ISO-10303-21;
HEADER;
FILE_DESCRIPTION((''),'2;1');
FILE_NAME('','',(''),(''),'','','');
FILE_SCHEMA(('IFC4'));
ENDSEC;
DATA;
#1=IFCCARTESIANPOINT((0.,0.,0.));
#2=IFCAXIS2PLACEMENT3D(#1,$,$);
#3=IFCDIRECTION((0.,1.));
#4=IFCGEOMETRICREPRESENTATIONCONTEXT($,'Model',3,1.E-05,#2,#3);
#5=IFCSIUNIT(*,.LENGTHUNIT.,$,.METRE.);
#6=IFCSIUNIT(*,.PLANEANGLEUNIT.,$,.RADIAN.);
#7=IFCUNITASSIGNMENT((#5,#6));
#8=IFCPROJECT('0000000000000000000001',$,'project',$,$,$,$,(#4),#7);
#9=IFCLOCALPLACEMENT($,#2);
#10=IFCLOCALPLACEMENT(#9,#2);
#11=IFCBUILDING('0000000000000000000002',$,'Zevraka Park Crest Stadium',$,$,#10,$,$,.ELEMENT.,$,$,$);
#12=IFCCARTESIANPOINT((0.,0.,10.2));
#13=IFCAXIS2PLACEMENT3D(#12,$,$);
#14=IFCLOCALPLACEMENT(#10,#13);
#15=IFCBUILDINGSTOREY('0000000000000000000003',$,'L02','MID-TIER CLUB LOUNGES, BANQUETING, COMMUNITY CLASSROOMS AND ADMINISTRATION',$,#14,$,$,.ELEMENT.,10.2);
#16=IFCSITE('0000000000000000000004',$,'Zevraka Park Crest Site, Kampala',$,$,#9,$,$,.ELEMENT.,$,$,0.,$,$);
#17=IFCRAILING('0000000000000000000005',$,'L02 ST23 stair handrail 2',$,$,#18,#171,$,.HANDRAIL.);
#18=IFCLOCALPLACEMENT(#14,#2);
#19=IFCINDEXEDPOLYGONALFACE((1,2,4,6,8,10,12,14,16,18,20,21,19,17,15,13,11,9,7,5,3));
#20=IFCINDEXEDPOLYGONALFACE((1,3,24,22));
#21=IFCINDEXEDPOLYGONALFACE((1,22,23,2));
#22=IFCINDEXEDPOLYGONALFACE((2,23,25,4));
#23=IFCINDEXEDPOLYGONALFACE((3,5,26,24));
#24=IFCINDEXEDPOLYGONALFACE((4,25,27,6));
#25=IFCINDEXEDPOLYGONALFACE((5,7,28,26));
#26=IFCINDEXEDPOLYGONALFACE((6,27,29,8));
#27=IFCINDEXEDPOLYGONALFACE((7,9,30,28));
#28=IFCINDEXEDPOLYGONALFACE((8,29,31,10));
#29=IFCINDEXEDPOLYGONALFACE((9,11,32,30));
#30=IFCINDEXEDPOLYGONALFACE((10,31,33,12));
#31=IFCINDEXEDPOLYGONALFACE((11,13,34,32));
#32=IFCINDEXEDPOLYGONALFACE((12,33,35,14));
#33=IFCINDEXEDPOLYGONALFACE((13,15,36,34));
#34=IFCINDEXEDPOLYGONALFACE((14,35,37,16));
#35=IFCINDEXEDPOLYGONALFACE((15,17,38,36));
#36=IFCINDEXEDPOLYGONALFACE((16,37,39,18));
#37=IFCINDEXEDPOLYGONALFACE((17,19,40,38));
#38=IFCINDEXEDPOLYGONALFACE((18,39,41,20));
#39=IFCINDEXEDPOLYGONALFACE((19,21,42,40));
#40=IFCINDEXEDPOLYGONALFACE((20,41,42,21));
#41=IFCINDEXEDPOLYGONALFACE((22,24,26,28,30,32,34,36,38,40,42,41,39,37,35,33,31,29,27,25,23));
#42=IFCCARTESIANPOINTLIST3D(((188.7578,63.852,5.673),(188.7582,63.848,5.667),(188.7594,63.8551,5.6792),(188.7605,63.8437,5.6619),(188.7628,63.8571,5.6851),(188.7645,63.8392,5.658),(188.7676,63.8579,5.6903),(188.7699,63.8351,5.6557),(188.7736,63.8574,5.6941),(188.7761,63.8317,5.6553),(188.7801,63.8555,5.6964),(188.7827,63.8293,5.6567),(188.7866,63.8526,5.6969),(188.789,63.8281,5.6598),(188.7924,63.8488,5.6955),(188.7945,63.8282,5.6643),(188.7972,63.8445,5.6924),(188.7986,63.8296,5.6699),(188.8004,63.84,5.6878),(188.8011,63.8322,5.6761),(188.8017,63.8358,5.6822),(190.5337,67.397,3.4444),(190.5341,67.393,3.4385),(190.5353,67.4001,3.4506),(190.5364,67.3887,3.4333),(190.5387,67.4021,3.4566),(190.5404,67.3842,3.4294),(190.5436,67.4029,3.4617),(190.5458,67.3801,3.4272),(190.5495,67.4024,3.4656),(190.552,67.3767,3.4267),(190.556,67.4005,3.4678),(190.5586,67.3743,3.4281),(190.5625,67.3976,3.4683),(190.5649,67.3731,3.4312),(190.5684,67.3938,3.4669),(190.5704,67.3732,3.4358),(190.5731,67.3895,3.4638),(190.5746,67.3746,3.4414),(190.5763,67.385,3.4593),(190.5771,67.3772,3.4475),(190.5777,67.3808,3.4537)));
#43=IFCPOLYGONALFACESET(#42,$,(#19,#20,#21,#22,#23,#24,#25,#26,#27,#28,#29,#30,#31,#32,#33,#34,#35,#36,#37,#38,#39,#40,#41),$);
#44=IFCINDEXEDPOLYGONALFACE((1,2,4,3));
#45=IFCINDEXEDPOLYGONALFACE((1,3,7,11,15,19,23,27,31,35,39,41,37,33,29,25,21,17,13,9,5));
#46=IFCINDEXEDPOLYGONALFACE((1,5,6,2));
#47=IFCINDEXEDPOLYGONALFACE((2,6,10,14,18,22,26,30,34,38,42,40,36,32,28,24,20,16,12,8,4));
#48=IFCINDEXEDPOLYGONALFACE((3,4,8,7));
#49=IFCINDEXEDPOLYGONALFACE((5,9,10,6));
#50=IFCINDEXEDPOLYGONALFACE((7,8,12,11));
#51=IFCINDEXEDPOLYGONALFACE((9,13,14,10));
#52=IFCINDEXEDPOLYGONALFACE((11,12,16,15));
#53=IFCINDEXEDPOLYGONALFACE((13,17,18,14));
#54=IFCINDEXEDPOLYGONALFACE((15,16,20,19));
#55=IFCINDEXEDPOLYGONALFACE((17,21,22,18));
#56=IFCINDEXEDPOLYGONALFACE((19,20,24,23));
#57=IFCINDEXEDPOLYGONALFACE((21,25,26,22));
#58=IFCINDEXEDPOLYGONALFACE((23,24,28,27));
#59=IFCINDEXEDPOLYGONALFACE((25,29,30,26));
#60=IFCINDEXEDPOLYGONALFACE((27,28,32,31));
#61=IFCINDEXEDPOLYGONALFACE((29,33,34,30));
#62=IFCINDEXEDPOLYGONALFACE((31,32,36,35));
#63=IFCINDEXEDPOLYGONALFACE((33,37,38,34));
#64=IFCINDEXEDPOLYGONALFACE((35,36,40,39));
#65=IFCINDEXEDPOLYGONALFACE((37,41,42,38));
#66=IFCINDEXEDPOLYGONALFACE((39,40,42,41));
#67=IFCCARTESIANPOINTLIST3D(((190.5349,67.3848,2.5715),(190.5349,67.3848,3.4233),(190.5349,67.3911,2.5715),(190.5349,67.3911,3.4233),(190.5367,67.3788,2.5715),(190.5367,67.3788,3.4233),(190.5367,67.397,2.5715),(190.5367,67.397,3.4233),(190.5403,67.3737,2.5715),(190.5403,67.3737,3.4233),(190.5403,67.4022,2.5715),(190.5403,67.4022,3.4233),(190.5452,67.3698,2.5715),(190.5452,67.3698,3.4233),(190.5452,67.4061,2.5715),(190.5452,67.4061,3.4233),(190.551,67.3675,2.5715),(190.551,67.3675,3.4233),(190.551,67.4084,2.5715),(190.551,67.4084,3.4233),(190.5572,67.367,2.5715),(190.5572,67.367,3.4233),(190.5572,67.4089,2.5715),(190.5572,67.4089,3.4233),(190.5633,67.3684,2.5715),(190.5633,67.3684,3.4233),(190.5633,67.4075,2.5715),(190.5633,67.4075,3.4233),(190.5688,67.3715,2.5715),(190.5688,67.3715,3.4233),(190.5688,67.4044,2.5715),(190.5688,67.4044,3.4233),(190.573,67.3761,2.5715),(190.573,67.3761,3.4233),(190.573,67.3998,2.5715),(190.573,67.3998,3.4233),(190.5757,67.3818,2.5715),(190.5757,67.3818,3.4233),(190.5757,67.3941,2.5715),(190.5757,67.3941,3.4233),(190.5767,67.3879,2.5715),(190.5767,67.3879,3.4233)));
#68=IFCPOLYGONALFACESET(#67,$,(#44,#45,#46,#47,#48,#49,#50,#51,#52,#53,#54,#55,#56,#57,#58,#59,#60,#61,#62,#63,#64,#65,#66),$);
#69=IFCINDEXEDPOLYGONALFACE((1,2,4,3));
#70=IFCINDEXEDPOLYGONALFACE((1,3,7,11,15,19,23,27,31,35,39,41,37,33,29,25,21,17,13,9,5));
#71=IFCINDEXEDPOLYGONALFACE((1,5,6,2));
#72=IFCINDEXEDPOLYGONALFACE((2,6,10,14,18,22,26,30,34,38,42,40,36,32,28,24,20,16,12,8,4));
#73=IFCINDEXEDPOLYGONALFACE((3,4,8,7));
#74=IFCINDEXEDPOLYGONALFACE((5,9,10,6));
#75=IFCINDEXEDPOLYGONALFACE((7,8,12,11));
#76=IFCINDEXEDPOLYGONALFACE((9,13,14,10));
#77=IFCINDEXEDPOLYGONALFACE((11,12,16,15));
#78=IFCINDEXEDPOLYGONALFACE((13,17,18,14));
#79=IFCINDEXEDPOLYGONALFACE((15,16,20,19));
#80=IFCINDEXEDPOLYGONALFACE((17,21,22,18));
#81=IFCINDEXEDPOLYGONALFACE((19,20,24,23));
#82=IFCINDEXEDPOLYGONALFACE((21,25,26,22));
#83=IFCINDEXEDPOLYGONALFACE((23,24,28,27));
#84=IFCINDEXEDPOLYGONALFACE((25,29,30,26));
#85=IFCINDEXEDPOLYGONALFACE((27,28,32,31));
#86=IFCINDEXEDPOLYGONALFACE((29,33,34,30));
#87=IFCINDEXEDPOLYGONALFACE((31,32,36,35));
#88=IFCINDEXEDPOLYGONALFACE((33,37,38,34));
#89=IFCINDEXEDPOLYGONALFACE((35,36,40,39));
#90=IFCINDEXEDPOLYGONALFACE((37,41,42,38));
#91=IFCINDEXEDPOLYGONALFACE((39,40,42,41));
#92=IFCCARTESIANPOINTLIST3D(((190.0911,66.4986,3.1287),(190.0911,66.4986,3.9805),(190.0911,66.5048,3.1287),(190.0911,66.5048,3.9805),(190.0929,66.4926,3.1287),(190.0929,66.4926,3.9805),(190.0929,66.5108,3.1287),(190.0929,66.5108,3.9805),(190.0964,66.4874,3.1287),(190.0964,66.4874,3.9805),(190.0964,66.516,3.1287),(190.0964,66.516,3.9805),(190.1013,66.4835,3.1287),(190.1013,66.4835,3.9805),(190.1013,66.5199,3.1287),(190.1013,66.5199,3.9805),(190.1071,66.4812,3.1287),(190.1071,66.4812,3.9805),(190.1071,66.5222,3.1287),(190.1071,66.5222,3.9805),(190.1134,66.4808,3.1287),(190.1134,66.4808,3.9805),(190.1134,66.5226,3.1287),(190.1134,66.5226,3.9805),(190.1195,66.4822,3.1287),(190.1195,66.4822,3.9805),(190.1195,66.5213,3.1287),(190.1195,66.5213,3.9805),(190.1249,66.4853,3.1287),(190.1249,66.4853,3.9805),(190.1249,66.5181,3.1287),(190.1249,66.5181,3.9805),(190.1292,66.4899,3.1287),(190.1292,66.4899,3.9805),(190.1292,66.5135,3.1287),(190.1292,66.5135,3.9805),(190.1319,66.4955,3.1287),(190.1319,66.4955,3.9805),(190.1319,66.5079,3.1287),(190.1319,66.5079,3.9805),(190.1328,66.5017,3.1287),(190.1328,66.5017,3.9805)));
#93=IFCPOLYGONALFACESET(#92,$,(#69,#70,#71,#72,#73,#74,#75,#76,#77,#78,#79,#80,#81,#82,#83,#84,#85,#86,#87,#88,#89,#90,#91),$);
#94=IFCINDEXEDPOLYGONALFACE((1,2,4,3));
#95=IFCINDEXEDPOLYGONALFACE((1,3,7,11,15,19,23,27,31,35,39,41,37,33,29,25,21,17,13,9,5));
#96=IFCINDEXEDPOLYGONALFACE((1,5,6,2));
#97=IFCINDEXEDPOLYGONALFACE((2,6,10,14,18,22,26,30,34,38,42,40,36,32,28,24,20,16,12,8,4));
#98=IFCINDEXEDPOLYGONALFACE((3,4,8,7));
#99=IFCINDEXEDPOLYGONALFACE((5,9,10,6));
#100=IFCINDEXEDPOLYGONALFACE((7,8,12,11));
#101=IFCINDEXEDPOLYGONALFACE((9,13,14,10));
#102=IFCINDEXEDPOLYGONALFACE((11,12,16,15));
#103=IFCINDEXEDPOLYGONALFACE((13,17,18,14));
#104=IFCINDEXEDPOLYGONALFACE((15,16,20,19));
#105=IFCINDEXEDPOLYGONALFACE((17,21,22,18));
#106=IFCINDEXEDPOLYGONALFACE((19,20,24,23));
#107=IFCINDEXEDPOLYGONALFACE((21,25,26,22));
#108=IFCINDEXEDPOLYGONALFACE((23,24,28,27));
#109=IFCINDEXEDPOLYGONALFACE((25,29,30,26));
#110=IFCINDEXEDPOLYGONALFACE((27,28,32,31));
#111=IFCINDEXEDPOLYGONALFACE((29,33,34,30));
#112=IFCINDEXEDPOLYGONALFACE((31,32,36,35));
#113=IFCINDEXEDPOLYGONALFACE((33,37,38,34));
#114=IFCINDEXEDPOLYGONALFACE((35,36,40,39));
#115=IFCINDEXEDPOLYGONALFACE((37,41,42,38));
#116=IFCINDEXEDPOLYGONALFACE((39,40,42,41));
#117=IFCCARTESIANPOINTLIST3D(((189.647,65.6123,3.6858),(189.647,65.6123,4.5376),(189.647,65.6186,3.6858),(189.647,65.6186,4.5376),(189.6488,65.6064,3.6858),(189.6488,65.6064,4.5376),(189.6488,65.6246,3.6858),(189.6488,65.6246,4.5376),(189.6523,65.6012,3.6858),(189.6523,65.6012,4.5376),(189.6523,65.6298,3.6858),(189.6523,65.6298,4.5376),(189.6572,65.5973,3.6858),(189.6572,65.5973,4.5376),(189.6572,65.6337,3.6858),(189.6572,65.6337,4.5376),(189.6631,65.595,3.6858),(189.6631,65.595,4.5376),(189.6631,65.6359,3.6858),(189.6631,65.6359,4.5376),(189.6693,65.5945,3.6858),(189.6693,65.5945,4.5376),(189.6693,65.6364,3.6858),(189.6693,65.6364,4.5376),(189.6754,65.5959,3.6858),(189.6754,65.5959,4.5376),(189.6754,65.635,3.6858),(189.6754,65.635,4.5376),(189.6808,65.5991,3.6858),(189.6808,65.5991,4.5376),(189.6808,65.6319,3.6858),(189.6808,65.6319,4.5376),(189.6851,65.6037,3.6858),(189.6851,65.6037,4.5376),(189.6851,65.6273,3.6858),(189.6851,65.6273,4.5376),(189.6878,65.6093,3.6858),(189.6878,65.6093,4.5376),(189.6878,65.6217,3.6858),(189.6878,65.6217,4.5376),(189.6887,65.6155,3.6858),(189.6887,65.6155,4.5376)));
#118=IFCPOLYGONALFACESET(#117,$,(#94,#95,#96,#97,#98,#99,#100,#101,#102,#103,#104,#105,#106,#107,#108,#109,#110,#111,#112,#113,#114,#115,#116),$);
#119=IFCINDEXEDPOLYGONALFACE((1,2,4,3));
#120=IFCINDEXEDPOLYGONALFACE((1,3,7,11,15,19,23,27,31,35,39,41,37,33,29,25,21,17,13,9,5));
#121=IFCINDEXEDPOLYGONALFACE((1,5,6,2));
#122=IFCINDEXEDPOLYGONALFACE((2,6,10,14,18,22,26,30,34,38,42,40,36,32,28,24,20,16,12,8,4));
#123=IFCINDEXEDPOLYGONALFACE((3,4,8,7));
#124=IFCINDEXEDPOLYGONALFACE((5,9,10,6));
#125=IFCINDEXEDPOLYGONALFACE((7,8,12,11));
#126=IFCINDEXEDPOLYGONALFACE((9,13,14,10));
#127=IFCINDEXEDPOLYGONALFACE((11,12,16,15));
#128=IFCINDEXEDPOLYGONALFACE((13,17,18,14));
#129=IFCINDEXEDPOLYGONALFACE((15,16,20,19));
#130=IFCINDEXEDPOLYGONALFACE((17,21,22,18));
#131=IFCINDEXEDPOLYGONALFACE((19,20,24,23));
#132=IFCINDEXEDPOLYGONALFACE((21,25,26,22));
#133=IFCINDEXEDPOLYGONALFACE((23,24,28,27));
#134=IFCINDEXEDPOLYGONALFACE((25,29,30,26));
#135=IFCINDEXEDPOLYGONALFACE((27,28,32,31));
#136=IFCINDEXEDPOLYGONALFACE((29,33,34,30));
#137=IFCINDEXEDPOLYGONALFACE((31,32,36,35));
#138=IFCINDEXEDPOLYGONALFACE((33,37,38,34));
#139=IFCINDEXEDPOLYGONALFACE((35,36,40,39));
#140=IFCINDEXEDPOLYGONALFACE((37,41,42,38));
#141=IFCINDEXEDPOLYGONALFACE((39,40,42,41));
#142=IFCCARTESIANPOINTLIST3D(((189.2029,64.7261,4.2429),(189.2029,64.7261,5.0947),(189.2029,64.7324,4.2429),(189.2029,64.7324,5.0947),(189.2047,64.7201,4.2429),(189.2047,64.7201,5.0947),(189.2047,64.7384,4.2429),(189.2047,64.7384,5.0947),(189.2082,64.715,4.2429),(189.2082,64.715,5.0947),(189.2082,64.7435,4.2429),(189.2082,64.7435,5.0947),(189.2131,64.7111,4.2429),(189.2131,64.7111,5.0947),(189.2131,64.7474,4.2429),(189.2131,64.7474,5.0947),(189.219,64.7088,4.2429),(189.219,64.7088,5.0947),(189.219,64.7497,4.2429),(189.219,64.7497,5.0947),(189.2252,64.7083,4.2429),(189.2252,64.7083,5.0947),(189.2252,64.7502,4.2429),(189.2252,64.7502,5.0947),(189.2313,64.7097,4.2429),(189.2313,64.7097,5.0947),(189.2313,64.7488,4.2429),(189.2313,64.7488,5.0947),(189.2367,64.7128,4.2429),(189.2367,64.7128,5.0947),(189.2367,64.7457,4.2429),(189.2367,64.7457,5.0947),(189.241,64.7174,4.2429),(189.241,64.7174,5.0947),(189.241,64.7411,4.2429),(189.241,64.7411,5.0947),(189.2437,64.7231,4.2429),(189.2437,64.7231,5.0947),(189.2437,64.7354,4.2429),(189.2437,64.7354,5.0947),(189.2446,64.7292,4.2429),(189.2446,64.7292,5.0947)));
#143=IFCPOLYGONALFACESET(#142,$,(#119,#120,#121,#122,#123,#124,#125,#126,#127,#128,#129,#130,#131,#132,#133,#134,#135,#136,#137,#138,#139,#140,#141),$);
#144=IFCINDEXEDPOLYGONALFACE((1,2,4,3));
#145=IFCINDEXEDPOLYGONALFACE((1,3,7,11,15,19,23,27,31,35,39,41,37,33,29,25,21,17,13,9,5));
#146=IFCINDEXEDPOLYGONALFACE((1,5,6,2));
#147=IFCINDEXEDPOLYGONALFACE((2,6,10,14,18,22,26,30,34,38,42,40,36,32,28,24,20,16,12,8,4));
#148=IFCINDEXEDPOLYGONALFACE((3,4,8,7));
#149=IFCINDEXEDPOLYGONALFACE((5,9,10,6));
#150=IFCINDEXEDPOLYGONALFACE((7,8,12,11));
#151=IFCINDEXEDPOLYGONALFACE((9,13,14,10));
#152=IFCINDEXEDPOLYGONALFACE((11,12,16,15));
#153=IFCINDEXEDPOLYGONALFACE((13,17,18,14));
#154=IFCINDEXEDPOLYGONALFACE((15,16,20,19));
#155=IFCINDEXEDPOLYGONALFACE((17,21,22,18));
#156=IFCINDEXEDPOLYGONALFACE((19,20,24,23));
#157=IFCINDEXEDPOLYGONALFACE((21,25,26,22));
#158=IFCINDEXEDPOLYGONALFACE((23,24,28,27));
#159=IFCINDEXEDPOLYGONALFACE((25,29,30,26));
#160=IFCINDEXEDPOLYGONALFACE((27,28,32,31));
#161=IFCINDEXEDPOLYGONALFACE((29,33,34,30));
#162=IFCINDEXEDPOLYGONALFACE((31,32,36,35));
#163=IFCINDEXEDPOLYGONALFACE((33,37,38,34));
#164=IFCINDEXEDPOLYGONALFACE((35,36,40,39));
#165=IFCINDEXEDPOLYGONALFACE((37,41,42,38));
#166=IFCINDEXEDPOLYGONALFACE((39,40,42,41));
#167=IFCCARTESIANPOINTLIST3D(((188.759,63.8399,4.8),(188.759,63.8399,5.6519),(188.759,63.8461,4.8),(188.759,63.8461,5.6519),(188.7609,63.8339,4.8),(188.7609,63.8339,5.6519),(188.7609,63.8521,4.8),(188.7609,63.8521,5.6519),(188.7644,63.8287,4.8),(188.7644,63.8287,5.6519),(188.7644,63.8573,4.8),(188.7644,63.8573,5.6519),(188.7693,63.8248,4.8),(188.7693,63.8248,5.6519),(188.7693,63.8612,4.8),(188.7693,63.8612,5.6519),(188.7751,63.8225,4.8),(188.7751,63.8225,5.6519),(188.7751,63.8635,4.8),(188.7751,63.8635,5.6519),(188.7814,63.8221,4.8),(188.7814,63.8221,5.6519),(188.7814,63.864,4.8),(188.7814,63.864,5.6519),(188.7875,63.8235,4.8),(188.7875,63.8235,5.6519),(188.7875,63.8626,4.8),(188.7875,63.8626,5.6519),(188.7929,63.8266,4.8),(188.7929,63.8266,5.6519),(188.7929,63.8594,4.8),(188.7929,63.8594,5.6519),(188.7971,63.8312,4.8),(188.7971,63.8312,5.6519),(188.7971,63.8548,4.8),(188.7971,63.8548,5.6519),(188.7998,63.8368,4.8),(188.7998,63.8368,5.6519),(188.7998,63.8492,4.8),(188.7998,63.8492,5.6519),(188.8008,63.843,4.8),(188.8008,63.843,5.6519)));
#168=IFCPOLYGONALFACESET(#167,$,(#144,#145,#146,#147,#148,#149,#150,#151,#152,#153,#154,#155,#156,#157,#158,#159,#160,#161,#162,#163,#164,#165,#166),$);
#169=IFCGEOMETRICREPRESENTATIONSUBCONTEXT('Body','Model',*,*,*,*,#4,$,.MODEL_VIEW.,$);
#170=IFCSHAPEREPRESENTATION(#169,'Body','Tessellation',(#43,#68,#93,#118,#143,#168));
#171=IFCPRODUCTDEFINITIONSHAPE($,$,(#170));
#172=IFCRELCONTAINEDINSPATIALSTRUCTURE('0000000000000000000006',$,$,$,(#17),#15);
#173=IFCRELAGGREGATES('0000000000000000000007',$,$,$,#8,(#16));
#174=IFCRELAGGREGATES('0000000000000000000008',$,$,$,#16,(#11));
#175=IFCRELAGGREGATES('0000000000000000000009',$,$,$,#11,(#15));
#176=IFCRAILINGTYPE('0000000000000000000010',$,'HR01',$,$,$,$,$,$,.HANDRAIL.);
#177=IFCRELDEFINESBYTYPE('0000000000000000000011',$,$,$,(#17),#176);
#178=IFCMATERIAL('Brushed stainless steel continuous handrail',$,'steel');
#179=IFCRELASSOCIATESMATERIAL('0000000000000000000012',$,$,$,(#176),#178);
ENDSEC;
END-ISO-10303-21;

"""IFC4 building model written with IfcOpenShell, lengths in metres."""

from ifc_helpers import new_model, si_unit, direction, frame, origin, origin_2d, place, context, subcontext, project, spatial, circle, extrude, material, type_object, element, save


model = new_model("IFC4")

# Units and contexts
model_context = context("Model", 3, precision=1e-05, world=origin(), true_north=direction((0.0, 1.0)))
body_context = subcontext(model_context, "Body", "Model", "MODEL_VIEW")
ifc_project = project(units=[si_unit("LENGTHUNIT", "METRE"), si_unit("PLANEANGLEUNIT", "RADIAN")], contexts=[model_context])

# Site, building, storey
site_placement = place(None, origin())
site = spatial("IfcSite", under=ifc_project, at=site_placement, Name="Zevraka Park Crest Site, Kampala", CompositionType="ELEMENT", RefElevation=0.0)
building_placement = place(site_placement, origin())
building = spatial("IfcBuilding", under=site, at=building_placement, Name="Zevraka Park Crest Stadium", CompositionType="ELEMENT")
storey_placement = place(building_placement, frame((0.0, 0.0, 10.2)))
storey = spatial("IfcBuildingStorey", under=building, at=storey_placement, Name="L02", Description="MID-TIER CLUB LOUNGES, BANQUETING, COMMUNITY CLASSROOMS AND ADMINISTRATION", CompositionType="ELEMENT", Elevation=10.2)

# Railing
ifc_material_1 = material(Name="Brushed stainless steel continuous handrail", Category="steel")
railing_type_1 = type_object("IfcRailingType", Name="HR01", PredefinedType="HANDRAIL", material=ifc_material_1)
railing_1_placement = place(storey_placement, frame((190.5557, 67.3879, 2.5715)))
element("IfcRailing", 1, at=railing_1_placement, inside=storey, type_object=railing_type_1, Name="L02 ST23 stair handrail 2", PredefinedType="HANDRAIL", context=body_context, shape_type="SweptSolid", body=[
    extrude(circle(Radius=0.0239, at=origin_2d()), frame((0.0, 0.0, 0.876), z_axis=(-0.390454, -0.779405, 0.489973), x_axis=(0.894082, -0.447903, 0.0)), (0.0, 0.0, 1.0), 4.5483),
    extrude(circle(Radius=0.021, at=origin_2d()), origin(), (0.0, 0.0, 1.0), 0.8518),
    extrude(circle(Radius=0.021, at=origin_2d()), frame((-0.4438, -0.8862, 0.5571)), (0.0, 0.0, 1.0), 0.8518),
    extrude(circle(Radius=0.021, at=origin_2d()), frame((-0.8879, -1.7725, 1.1143)), (0.0, 0.0, 1.0), 0.8518),
    extrude(circle(Radius=0.021, at=origin_2d()), frame((-1.332, -2.6587, 1.6714)), (0.0, 0.0, 1.0), 0.8518),
    extrude(circle(Radius=0.021, at=origin_2d()), frame((-1.7759, -3.5449, 2.2285)), (0.0, 0.0, 1.0), 0.8518),
])

save(model, "model.ifc")
